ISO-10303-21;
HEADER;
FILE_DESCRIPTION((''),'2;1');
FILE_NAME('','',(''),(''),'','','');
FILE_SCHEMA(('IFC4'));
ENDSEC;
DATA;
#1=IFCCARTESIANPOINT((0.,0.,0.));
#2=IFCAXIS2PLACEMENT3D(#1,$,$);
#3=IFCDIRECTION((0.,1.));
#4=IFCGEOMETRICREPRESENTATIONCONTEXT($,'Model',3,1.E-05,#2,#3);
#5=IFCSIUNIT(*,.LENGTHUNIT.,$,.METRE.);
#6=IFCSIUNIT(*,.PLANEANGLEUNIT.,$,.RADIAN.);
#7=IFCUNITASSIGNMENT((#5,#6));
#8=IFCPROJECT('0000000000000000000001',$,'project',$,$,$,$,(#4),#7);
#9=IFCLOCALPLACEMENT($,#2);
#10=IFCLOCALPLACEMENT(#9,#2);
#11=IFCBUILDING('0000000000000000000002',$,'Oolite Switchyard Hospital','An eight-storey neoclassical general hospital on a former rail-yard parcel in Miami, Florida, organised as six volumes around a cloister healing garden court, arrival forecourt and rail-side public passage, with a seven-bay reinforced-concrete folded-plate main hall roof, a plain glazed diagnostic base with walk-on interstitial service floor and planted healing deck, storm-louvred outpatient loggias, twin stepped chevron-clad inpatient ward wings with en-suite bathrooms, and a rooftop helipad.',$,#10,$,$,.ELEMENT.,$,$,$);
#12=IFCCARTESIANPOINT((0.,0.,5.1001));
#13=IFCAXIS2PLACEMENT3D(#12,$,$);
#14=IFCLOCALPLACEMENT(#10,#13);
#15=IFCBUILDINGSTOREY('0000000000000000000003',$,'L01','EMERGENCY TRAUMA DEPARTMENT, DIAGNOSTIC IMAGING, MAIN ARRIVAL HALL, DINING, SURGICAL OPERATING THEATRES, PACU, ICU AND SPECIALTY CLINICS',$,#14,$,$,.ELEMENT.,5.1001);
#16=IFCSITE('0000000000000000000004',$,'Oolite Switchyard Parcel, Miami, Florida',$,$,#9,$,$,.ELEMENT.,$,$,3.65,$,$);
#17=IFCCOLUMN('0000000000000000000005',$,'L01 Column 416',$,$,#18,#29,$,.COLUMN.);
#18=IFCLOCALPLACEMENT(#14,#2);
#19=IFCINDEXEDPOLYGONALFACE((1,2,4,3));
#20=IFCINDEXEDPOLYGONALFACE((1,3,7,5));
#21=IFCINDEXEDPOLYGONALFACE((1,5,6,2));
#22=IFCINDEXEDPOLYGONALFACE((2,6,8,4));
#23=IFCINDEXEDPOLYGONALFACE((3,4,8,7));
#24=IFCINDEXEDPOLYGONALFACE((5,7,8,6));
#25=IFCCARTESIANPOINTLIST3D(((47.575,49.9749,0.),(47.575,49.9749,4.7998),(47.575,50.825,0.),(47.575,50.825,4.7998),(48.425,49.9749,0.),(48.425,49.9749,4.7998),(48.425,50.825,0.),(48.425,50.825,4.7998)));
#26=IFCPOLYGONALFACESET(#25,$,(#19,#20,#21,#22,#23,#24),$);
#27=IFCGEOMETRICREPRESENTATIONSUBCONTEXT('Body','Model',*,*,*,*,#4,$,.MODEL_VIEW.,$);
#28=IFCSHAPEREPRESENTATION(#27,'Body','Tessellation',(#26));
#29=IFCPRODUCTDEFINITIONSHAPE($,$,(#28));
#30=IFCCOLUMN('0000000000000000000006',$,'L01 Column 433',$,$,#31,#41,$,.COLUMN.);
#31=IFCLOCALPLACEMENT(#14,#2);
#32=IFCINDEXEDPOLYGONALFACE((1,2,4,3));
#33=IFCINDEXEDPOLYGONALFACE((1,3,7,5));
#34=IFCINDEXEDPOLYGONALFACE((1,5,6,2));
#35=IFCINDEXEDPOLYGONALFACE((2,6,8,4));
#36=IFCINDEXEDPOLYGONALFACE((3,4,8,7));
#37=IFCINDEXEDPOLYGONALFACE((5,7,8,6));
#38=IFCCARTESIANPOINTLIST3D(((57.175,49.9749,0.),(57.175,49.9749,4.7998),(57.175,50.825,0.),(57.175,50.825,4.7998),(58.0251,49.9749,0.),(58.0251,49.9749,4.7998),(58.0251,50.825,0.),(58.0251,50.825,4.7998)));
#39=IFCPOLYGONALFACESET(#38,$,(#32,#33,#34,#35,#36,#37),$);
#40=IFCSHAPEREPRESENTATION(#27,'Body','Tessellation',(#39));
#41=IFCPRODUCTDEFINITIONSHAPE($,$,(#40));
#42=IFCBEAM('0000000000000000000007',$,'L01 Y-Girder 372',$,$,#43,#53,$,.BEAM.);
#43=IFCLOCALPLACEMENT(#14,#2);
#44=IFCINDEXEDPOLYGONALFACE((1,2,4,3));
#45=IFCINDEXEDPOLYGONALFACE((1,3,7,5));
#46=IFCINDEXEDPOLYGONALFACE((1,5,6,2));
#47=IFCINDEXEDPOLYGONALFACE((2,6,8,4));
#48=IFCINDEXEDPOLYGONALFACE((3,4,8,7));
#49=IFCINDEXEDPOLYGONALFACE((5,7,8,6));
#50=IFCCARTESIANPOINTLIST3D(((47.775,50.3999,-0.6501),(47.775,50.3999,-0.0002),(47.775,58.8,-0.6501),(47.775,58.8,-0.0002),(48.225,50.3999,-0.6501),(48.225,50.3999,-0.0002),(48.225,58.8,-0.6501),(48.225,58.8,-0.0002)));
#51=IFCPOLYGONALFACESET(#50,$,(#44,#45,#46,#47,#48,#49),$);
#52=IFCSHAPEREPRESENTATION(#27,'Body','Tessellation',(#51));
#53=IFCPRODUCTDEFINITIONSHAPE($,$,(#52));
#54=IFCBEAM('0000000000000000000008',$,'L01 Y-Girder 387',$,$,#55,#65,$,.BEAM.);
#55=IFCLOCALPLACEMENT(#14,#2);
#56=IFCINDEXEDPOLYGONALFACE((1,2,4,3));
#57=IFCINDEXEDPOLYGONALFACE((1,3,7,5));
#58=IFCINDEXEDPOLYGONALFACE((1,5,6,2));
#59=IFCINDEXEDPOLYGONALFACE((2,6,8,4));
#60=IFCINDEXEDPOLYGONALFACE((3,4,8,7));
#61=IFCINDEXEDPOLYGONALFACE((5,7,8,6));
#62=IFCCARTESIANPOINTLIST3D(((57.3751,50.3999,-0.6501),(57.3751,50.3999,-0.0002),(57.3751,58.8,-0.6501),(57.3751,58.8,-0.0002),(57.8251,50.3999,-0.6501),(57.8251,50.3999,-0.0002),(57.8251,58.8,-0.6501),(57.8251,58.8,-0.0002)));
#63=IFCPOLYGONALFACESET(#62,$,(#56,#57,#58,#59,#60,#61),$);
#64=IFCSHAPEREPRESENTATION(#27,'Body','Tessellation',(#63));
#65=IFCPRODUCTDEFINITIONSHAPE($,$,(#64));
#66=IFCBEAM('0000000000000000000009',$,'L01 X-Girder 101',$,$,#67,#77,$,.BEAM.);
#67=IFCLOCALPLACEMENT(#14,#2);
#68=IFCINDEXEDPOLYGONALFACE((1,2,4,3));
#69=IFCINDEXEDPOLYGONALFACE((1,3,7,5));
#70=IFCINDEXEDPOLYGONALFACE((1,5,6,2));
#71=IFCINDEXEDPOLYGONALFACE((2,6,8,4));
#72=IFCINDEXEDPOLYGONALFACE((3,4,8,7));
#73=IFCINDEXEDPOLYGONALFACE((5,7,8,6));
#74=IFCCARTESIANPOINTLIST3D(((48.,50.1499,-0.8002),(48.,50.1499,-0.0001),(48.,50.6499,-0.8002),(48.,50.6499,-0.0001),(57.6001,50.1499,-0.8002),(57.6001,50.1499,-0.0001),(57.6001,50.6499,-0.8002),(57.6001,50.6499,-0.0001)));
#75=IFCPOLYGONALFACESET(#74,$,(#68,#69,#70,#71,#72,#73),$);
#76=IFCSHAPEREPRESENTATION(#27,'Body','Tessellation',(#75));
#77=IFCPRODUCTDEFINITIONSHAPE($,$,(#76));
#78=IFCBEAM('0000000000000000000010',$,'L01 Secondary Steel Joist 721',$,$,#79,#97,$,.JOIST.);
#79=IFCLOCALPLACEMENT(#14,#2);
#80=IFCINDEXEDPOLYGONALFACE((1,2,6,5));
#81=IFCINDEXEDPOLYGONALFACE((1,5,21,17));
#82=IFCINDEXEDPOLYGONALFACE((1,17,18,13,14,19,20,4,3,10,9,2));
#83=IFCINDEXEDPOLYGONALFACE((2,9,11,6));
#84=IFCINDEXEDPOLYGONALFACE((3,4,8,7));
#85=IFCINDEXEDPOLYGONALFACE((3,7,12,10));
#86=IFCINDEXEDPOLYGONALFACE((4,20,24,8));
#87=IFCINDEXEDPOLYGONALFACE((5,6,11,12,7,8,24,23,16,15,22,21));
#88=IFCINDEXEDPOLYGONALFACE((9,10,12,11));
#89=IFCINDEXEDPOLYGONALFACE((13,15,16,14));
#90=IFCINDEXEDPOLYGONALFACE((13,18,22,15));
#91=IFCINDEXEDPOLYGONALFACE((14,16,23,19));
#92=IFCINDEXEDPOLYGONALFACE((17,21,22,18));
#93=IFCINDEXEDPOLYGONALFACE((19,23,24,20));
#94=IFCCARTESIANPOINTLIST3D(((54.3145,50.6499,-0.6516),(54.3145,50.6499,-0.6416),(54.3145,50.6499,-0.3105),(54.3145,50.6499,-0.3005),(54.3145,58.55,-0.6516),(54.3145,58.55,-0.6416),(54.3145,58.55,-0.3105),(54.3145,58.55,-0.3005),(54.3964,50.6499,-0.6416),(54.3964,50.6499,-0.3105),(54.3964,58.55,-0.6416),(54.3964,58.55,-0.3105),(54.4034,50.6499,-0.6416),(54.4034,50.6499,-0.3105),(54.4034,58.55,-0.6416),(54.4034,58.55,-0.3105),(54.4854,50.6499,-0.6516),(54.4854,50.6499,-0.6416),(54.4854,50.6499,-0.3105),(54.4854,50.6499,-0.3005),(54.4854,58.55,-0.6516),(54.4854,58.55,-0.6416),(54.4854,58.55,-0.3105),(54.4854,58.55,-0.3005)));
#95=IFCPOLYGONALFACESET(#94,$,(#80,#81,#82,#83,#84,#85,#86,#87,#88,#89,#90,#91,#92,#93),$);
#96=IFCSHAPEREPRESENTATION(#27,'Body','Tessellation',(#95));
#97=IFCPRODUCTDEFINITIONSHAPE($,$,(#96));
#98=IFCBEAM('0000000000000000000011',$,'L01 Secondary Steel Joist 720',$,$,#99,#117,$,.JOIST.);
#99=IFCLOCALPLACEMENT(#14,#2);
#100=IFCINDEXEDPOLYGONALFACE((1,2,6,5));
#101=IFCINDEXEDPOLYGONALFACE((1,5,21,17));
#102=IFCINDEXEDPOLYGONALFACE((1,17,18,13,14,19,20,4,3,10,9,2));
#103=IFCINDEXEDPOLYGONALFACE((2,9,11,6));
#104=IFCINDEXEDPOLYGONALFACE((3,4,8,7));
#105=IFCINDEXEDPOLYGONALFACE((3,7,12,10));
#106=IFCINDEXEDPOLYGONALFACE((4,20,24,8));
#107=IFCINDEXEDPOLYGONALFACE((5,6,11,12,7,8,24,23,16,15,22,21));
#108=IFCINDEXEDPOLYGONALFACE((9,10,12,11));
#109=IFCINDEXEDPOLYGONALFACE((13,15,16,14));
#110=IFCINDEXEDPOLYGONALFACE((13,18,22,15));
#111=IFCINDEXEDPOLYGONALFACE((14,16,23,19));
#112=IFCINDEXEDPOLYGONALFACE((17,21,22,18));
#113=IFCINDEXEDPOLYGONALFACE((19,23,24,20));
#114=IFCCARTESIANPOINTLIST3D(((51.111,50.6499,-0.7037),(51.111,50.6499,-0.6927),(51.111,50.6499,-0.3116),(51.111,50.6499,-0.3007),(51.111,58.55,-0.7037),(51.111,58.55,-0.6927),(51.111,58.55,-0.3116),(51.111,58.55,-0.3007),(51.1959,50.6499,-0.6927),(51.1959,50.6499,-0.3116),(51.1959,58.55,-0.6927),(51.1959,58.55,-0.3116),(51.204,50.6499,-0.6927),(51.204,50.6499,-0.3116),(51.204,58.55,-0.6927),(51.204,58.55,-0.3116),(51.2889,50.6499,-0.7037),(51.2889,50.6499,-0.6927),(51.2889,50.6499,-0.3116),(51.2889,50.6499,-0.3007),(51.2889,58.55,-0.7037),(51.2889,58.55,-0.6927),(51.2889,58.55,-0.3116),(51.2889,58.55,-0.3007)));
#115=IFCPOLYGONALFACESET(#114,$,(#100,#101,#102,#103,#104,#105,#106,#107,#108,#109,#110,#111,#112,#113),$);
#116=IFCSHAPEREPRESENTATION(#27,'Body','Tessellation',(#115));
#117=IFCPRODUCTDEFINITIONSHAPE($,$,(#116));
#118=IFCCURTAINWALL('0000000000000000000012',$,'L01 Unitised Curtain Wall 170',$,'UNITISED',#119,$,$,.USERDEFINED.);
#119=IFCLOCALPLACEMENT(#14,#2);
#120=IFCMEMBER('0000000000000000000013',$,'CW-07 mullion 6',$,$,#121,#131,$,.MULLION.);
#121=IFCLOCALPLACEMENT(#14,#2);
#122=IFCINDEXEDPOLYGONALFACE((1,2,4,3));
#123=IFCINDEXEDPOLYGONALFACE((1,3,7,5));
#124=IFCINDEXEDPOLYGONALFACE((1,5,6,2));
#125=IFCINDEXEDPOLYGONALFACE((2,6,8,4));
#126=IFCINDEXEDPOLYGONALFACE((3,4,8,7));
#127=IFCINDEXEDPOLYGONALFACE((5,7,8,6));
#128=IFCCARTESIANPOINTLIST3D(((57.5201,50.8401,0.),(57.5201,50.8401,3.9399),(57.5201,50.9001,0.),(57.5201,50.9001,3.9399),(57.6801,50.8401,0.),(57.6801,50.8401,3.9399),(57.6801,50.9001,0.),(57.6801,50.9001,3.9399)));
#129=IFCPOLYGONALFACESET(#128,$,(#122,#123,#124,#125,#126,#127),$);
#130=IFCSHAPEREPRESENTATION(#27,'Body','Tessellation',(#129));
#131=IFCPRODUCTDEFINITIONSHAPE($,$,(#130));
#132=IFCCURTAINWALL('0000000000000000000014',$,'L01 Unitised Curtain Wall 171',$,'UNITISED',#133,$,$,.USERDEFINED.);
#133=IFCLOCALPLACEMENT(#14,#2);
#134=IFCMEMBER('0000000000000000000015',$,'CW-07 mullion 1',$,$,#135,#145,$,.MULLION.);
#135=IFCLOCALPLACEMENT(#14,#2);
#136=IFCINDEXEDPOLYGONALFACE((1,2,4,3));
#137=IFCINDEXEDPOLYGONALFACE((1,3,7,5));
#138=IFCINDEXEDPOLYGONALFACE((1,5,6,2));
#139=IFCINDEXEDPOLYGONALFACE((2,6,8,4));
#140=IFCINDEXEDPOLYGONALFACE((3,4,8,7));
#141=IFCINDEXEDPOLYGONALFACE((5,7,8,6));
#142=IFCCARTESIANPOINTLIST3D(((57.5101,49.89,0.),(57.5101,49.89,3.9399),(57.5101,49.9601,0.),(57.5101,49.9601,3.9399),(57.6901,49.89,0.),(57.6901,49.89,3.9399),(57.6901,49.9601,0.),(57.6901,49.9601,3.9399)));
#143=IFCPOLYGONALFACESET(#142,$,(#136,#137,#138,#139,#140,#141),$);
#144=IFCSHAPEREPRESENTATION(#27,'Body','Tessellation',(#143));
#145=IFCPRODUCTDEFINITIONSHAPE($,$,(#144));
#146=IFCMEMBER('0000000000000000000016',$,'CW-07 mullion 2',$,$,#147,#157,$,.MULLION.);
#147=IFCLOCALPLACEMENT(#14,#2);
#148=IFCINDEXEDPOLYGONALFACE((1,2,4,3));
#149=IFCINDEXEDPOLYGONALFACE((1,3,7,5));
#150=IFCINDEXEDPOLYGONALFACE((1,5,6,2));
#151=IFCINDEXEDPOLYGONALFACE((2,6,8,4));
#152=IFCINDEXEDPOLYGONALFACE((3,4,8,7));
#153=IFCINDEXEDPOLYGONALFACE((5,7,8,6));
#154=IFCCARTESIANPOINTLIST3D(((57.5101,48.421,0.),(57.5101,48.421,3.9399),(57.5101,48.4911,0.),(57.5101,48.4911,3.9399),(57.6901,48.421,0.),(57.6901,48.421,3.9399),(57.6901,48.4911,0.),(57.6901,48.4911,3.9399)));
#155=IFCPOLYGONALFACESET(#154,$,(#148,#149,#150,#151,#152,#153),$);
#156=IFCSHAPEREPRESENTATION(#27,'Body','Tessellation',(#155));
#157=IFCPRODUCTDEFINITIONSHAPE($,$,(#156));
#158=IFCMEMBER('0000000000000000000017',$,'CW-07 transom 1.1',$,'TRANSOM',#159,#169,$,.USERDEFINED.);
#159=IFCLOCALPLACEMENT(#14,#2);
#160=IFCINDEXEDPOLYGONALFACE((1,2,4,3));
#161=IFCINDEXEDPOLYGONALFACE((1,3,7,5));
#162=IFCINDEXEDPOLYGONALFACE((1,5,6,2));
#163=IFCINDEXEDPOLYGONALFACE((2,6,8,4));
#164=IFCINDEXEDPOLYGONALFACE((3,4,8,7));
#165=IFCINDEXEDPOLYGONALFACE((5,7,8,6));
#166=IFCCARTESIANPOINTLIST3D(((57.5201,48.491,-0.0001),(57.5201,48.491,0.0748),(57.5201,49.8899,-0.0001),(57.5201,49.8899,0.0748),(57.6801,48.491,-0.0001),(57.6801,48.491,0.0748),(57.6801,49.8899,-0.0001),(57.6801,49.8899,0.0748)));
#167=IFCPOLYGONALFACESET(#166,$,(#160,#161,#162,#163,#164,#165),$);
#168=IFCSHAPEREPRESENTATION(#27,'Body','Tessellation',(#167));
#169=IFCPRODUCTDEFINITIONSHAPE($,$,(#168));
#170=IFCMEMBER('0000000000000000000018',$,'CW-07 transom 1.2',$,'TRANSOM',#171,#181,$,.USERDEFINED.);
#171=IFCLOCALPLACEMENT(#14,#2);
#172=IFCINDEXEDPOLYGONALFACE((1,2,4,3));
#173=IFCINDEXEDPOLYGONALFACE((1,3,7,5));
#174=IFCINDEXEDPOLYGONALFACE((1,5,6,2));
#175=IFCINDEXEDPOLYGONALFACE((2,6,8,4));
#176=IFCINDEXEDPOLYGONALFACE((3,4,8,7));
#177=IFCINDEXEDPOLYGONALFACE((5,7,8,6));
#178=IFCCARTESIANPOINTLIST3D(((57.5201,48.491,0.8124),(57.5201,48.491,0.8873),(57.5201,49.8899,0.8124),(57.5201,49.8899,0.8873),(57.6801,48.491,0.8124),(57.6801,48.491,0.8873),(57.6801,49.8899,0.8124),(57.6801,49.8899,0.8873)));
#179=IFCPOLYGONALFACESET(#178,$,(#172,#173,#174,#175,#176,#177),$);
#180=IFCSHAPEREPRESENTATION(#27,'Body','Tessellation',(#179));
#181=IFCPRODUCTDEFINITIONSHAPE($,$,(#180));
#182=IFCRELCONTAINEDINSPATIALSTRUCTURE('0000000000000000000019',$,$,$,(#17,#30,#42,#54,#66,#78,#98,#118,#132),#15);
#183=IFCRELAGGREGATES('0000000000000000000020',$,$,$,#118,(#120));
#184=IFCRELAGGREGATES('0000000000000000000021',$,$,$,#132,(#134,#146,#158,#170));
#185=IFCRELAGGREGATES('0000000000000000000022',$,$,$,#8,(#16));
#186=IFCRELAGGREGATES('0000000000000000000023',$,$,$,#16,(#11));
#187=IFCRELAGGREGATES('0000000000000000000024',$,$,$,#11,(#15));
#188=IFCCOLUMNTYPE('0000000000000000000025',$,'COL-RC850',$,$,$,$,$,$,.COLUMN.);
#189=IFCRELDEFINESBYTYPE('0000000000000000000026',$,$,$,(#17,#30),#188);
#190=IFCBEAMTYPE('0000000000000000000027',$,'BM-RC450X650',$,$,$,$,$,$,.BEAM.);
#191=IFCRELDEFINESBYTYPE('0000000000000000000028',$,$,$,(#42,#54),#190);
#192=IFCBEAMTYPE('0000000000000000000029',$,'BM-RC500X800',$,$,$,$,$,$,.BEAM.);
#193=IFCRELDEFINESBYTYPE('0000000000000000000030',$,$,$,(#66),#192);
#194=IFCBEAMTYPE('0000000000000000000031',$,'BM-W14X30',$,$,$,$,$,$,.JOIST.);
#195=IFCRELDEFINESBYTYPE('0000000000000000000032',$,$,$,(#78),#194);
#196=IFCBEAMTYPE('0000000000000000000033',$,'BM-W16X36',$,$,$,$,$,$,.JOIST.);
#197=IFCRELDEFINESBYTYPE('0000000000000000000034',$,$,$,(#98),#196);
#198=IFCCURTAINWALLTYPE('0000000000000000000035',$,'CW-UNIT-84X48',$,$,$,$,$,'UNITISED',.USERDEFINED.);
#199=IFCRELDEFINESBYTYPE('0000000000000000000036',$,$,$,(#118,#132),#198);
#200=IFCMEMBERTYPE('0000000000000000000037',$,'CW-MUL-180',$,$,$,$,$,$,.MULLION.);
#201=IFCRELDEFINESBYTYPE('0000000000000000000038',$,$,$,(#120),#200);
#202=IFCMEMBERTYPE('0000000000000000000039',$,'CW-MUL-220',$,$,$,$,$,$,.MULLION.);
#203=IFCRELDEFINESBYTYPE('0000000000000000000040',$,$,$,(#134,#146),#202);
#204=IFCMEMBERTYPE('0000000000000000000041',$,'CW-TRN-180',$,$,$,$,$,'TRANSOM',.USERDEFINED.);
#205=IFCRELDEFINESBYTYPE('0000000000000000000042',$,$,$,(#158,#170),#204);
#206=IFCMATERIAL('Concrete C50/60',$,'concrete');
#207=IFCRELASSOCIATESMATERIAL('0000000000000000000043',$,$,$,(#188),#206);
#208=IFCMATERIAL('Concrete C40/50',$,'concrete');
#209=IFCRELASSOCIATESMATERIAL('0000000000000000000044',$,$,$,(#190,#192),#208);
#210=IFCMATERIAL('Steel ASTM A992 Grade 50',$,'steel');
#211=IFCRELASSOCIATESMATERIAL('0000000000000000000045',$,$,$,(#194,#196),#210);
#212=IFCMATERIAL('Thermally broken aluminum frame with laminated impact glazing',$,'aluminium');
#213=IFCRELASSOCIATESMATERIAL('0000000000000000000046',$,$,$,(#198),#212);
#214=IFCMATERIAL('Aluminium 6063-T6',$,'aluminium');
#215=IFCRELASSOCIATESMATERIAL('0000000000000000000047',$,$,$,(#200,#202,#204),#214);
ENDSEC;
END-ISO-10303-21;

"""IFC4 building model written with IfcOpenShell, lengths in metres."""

from ifc_helpers import new_model, si_unit, direction, frame, origin, origin_2d, place, context, subcontext, project, spatial, rectangle, i_section, extrude, material, material_profile, profile_set, type_object, element, aggregate, save


model = new_model("IFC4")

# Units and contexts
model_context = context("Model", 3, precision=1e-05, world=origin(), true_north=direction((0.0, 1.0)))
body_context = subcontext(model_context, "Body", "Model", "MODEL_VIEW")
ifc_project = project(units=[si_unit("LENGTHUNIT", "METRE"), si_unit("PLANEANGLEUNIT", "RADIAN")], contexts=[model_context])

# Site, building, storey
site_placement = place(None, origin())
site = spatial("IfcSite", under=ifc_project, at=site_placement, Name="Oolite Switchyard Parcel, Miami, Florida", CompositionType="ELEMENT", RefElevation=3.65)
building_placement = place(site_placement, origin())
building = spatial("IfcBuilding", under=site, at=building_placement, Name="Oolite Switchyard Hospital", Description="An eight-storey neoclassical general hospital on a former rail-yard parcel in Miami, Florida, organised as six volumes around a cloister healing garden court, arrival forecourt and rail-side public passage, with a seven-bay reinforced-concrete folded-plate main hall roof, a plain glazed diagnostic base with walk-on interstitial service floor and planted healing deck, storm-louvred outpatient loggias, twin stepped chevron-clad inpatient ward wings with en-suite bathrooms, and a rooftop helipad.", CompositionType="ELEMENT")
storey_placement = place(building_placement, frame((0.0, 0.0, 5.1001)))
storey = spatial("IfcBuildingStorey", under=building, at=storey_placement, Name="L01", Description="EMERGENCY TRAUMA DEPARTMENT, DIAGNOSTIC IMAGING, MAIN ARRIVAL HALL, DINING, SURGICAL OPERATING THEATRES, PACU, ICU AND SPECIALTY CLINICS", CompositionType="ELEMENT", Elevation=5.1001)

# Columns
ifc_material_1 = material(Name="Concrete C50/60", Category="concrete")
ifc_material_profile_1 = material_profile(ifc_material_1, rectangle(XDim=0.8501, YDim=0.8501, at=origin_2d()), Name="RC850X850")
ifc_profile_set_1 = profile_set([ifc_material_profile_1], Name="Concrete C50/60")
column_type = type_object("IfcColumnType", Name="COL-RC850", PredefinedType="COLUMN", material=ifc_profile_set_1)
for number, where, z_axis, x_axis, name in (
    (1, (48.0, 50.3999, 0.0), (0.0, 0.0, 1.0), (1.0, 0.0, 0.0), "L01 Column 416"),
    (2, (57.6001, 50.3999, 0.0), (0.0, 0.0, 1.0), (1.0, 0.0, 0.0), "L01 Column 433"),
):
    element("IfcColumn", number, at=place(storey_placement, frame(where, z_axis=z_axis, x_axis=x_axis)), inside=storey, type_object=column_type, Name=name, PredefinedType="COLUMN", context=body_context, shape_type="SweptSolid", body=[
        extrude(rectangle(XDim=0.8501, YDim=0.8501, at=origin_2d()), origin(), (0.0, 0.0, 1.0), 4.7998),
    ])

# Beams
ifc_material_2 = material(Name="Concrete C40/50", Category="concrete")
ifc_material_profile_2 = material_profile(ifc_material_2, rectangle(XDim=0.45, YDim=0.6499, at=origin_2d()), Name="RCB450X650")
ifc_profile_set_2 = profile_set([ifc_material_profile_2], Name="Concrete C40/50")
beam_type_1 = type_object("IfcBeamType", Name="BM-RC450X650", PredefinedType="BEAM", material=ifc_profile_set_2)
for number, where, z_axis, x_axis, name in (
    (3, (48.0, 50.3999, -0.3252), (0.0, 1.0, 0.0), (-1.0, 0.0, 0.0), "L01 Y-Girder 372"),
    (4, (57.6001, 50.3999, -0.3252), (0.0, 1.0, 0.0), (-1.0, 0.0, 0.0), "L01 Y-Girder 387"),
):
    element("IfcBeam", number, at=place(storey_placement, frame(where, z_axis=z_axis, x_axis=x_axis)), inside=storey, type_object=beam_type_1, Name=name, PredefinedType="BEAM", context=body_context, shape_type="SweptSolid", body=[
        extrude(rectangle(XDim=0.45, YDim=0.6499, at=origin_2d()), origin(), (0.0, 0.0, 1.0), 8.4001),
    ])
ifc_material_profile_3 = material_profile(ifc_material_2, rectangle(XDim=0.5, YDim=0.8, at=origin_2d()), Name="RCB500X800")
ifc_profile_set_3 = profile_set([ifc_material_profile_3], Name="Concrete C40/50")
beam_type_2 = type_object("IfcBeamType", Name="BM-RC500X800", PredefinedType="BEAM", material=ifc_profile_set_3)
beam_1_placement = place(storey_placement, frame((48.0, 50.3999, -0.4001), z_axis=(1.0, 0.0, 0.0), x_axis=(0.0, 1.0, 0.0)))
element("IfcBeam", 5, at=beam_1_placement, inside=storey, type_object=beam_type_2, Name="L01 X-Girder 101", PredefinedType="BEAM", context=body_context, shape_type="SweptSolid", body=[
    extrude(rectangle(XDim=0.5, YDim=0.8, at=origin_2d()), origin(), (0.0, 0.0, 1.0), 9.6001),
])
ifc_material_3 = material(Name="Steel ASTM A992 Grade 50", Category="steel")
ifc_material_profile_4 = material_profile(ifc_material_3, i_section(OverallWidth=0.1709, OverallDepth=0.3511, WebThickness=0.0071, FlangeThickness=0.01, at=origin_2d()), Name="W14X30")
ifc_profile_set_4 = profile_set([ifc_material_profile_4], Name="Steel ASTM A992 Grade 50")
beam_type_3 = type_object("IfcBeamType", Name="BM-W14X30", PredefinedType="JOIST", material=ifc_profile_set_4)
beam_2_placement = place(storey_placement, frame((54.3999, 50.6499, -0.4761), z_axis=(0.0, 1.0, 0.0), x_axis=(-1.0, 0.0, 0.0)))
element("IfcBeam", 6, at=beam_2_placement, inside=storey, type_object=beam_type_3, Name="L01 Secondary Steel Joist 721", PredefinedType="JOIST", context=body_context, shape_type="SweptSolid", body=[
    extrude(i_section(OverallWidth=0.1709, OverallDepth=0.3511, WebThickness=0.0071, FlangeThickness=0.01, at=origin_2d()), origin(), (0.0, 0.0, 1.0), 7.9001),
])
ifc_material_profile_5 = material_profile(ifc_material_3, i_section(OverallWidth=0.178, OverallDepth=0.4031, WebThickness=0.0081, FlangeThickness=0.011, at=origin_2d()), Name="W16X36")
ifc_profile_set_5 = profile_set([ifc_material_profile_5], Name="Steel ASTM A992 Grade 50")
beam_type_4 = type_object("IfcBeamType", Name="BM-W16X36", PredefinedType="JOIST", material=ifc_profile_set_5)
beam_3_placement = place(storey_placement, frame((51.2, 50.6499, -0.5022), z_axis=(0.0, 1.0, 0.0), x_axis=(-1.0, 0.0, 0.0)))
element("IfcBeam", 7, at=beam_3_placement, inside=storey, type_object=beam_type_4, Name="L01 Secondary Steel Joist 720", PredefinedType="JOIST", context=body_context, shape_type="SweptSolid", body=[
    extrude(i_section(OverallWidth=0.178, OverallDepth=0.4031, WebThickness=0.0081, FlangeThickness=0.011, at=origin_2d()), origin(), (0.0, 0.0, 1.0), 7.9001),
])

# Curtain wall, member
ifc_material_4 = material(Name="Thermally broken aluminum frame with laminated impact glazing", Category="aluminium")
curtain_wall_type = type_object("IfcCurtainWallType", Name="CW-UNIT-84X48", ElementType="UNITISED", PredefinedType="USERDEFINED", material=ifc_material_4)
curtain_wall_1_placement = place(storey_placement, origin())
curtain_wall_1 = element("IfcCurtainWall", 8, at=curtain_wall_1_placement, inside=storey, type_object=curtain_wall_type, Name="L01 Unitised Curtain Wall 170", ObjectType="UNITISED", PredefinedType="USERDEFINED")
ifc_material_5 = material(Name="Aluminium 6063-T6", Category="aluminium")
ifc_material_profile_6 = material_profile(ifc_material_5, rectangle(XDim=0.1599, YDim=0.0601, at=origin_2d()), Name="CWM60X160")
ifc_profile_set_6 = profile_set([ifc_material_profile_6], Name="Aluminium 6063-T6")
member_type_1 = type_object("IfcMemberType", Name="CW-MUL-180", PredefinedType="MULLION", material=ifc_profile_set_6)
member_1_placement = place(storey_placement, frame((57.6001, 50.8701, 0.0), z_axis=(0.0, 0.0, 1.0), x_axis=(1.0, 0.0, 0.0)))
member_1 = element("IfcMember", 9, at=member_1_placement, type_object=member_type_1, Name="CW-07 mullion 6", PredefinedType="MULLION", context=body_context, shape_type="SweptSolid", body=[
    extrude(rectangle(XDim=0.1599, YDim=0.0601, at=origin_2d()), origin(), (0.0, 0.0, 1.0), 3.9399),
])

# Curtain wall, members
curtain_wall_2_placement = place(storey_placement, origin())
curtain_wall_2 = element("IfcCurtainWall", 10, at=curtain_wall_2_placement, inside=storey, type_object=curtain_wall_type, Name="L01 Unitised Curtain Wall 171", ObjectType="UNITISED", PredefinedType="USERDEFINED")
ifc_material_profile_7 = material_profile(ifc_material_5, rectangle(XDim=0.1799, YDim=0.0701, at=origin_2d()), Name="CWM70X180")
ifc_profile_set_7 = profile_set([ifc_material_profile_7], Name="Aluminium 6063-T6")
member_type_2 = type_object("IfcMemberType", Name="CW-MUL-220", PredefinedType="MULLION", material=ifc_profile_set_7)
member_2_placement = place(storey_placement, frame((57.6001, 49.925, 0.0), z_axis=(0.0, 0.0, 1.0), x_axis=(1.0, 0.0, 0.0)))
member_2 = element("IfcMember", 11, at=member_2_placement, type_object=member_type_2, Name="CW-07 mullion 1", PredefinedType="MULLION", context=body_context, shape_type="SweptSolid", body=[
    extrude(rectangle(XDim=0.1799, YDim=0.0701, at=origin_2d()), origin(), (0.0, 0.0, 1.0), 3.9399),
])
member_3_placement = place(storey_placement, frame((57.6001, 48.4561, 0.0), z_axis=(0.0, 0.0, 1.0), x_axis=(1.0, 0.0, 0.0)))
member_3 = element("IfcMember", 12, at=member_3_placement, type_object=member_type_2, Name="CW-07 mullion 2", PredefinedType="MULLION", context=body_context, shape_type="SweptSolid", body=[
    extrude(rectangle(XDim=0.1799, YDim=0.0701, at=origin_2d()), origin(), (0.0, 0.0, 1.0), 3.9399),
])
ifc_material_profile_8 = material_profile(ifc_material_5, rectangle(XDim=0.1599, YDim=0.075, at=origin_2d()), Name="CWT75X160")
ifc_profile_set_8 = profile_set([ifc_material_profile_8], Name="Aluminium 6063-T6")
member_type_3 = type_object("IfcMemberType", Name="CW-TRN-180", ElementType="TRANSOM", PredefinedType="USERDEFINED", material=ifc_profile_set_8)
member_4_placement = place(storey_placement, frame((57.6001, 49.8899, 0.0374), z_axis=(0.0, -1.0, 0.0), x_axis=(1.0, 0.0, 0.0)))
member_4 = element("IfcMember", 13, at=member_4_placement, type_object=member_type_3, Name="CW-07 transom 1.1", ObjectType="TRANSOM", PredefinedType="USERDEFINED", context=body_context, shape_type="SweptSolid", body=[
    extrude(rectangle(XDim=0.1599, YDim=0.075, at=origin_2d()), origin(), (0.0, 0.0, 1.0), 1.3989),
])
member_5_placement = place(storey_placement, frame((57.6001, 49.8899, 0.8499), z_axis=(0.0, -1.0, 0.0), x_axis=(1.0, 0.0, 0.0)))
member_5 = element("IfcMember", 14, at=member_5_placement, type_object=member_type_3, Name="CW-07 transom 1.2", ObjectType="TRANSOM", PredefinedType="USERDEFINED", context=body_context, shape_type="SweptSolid", body=[
    extrude(rectangle(XDim=0.1599, YDim=0.075, at=origin_2d()), origin(), (0.0, 0.0, 1.0), 1.3989),
])

aggregate(curtain_wall_1, [member_1])
aggregate(curtain_wall_2, [member_2, member_3, member_4, member_5])

save(model, "model.ifc")
